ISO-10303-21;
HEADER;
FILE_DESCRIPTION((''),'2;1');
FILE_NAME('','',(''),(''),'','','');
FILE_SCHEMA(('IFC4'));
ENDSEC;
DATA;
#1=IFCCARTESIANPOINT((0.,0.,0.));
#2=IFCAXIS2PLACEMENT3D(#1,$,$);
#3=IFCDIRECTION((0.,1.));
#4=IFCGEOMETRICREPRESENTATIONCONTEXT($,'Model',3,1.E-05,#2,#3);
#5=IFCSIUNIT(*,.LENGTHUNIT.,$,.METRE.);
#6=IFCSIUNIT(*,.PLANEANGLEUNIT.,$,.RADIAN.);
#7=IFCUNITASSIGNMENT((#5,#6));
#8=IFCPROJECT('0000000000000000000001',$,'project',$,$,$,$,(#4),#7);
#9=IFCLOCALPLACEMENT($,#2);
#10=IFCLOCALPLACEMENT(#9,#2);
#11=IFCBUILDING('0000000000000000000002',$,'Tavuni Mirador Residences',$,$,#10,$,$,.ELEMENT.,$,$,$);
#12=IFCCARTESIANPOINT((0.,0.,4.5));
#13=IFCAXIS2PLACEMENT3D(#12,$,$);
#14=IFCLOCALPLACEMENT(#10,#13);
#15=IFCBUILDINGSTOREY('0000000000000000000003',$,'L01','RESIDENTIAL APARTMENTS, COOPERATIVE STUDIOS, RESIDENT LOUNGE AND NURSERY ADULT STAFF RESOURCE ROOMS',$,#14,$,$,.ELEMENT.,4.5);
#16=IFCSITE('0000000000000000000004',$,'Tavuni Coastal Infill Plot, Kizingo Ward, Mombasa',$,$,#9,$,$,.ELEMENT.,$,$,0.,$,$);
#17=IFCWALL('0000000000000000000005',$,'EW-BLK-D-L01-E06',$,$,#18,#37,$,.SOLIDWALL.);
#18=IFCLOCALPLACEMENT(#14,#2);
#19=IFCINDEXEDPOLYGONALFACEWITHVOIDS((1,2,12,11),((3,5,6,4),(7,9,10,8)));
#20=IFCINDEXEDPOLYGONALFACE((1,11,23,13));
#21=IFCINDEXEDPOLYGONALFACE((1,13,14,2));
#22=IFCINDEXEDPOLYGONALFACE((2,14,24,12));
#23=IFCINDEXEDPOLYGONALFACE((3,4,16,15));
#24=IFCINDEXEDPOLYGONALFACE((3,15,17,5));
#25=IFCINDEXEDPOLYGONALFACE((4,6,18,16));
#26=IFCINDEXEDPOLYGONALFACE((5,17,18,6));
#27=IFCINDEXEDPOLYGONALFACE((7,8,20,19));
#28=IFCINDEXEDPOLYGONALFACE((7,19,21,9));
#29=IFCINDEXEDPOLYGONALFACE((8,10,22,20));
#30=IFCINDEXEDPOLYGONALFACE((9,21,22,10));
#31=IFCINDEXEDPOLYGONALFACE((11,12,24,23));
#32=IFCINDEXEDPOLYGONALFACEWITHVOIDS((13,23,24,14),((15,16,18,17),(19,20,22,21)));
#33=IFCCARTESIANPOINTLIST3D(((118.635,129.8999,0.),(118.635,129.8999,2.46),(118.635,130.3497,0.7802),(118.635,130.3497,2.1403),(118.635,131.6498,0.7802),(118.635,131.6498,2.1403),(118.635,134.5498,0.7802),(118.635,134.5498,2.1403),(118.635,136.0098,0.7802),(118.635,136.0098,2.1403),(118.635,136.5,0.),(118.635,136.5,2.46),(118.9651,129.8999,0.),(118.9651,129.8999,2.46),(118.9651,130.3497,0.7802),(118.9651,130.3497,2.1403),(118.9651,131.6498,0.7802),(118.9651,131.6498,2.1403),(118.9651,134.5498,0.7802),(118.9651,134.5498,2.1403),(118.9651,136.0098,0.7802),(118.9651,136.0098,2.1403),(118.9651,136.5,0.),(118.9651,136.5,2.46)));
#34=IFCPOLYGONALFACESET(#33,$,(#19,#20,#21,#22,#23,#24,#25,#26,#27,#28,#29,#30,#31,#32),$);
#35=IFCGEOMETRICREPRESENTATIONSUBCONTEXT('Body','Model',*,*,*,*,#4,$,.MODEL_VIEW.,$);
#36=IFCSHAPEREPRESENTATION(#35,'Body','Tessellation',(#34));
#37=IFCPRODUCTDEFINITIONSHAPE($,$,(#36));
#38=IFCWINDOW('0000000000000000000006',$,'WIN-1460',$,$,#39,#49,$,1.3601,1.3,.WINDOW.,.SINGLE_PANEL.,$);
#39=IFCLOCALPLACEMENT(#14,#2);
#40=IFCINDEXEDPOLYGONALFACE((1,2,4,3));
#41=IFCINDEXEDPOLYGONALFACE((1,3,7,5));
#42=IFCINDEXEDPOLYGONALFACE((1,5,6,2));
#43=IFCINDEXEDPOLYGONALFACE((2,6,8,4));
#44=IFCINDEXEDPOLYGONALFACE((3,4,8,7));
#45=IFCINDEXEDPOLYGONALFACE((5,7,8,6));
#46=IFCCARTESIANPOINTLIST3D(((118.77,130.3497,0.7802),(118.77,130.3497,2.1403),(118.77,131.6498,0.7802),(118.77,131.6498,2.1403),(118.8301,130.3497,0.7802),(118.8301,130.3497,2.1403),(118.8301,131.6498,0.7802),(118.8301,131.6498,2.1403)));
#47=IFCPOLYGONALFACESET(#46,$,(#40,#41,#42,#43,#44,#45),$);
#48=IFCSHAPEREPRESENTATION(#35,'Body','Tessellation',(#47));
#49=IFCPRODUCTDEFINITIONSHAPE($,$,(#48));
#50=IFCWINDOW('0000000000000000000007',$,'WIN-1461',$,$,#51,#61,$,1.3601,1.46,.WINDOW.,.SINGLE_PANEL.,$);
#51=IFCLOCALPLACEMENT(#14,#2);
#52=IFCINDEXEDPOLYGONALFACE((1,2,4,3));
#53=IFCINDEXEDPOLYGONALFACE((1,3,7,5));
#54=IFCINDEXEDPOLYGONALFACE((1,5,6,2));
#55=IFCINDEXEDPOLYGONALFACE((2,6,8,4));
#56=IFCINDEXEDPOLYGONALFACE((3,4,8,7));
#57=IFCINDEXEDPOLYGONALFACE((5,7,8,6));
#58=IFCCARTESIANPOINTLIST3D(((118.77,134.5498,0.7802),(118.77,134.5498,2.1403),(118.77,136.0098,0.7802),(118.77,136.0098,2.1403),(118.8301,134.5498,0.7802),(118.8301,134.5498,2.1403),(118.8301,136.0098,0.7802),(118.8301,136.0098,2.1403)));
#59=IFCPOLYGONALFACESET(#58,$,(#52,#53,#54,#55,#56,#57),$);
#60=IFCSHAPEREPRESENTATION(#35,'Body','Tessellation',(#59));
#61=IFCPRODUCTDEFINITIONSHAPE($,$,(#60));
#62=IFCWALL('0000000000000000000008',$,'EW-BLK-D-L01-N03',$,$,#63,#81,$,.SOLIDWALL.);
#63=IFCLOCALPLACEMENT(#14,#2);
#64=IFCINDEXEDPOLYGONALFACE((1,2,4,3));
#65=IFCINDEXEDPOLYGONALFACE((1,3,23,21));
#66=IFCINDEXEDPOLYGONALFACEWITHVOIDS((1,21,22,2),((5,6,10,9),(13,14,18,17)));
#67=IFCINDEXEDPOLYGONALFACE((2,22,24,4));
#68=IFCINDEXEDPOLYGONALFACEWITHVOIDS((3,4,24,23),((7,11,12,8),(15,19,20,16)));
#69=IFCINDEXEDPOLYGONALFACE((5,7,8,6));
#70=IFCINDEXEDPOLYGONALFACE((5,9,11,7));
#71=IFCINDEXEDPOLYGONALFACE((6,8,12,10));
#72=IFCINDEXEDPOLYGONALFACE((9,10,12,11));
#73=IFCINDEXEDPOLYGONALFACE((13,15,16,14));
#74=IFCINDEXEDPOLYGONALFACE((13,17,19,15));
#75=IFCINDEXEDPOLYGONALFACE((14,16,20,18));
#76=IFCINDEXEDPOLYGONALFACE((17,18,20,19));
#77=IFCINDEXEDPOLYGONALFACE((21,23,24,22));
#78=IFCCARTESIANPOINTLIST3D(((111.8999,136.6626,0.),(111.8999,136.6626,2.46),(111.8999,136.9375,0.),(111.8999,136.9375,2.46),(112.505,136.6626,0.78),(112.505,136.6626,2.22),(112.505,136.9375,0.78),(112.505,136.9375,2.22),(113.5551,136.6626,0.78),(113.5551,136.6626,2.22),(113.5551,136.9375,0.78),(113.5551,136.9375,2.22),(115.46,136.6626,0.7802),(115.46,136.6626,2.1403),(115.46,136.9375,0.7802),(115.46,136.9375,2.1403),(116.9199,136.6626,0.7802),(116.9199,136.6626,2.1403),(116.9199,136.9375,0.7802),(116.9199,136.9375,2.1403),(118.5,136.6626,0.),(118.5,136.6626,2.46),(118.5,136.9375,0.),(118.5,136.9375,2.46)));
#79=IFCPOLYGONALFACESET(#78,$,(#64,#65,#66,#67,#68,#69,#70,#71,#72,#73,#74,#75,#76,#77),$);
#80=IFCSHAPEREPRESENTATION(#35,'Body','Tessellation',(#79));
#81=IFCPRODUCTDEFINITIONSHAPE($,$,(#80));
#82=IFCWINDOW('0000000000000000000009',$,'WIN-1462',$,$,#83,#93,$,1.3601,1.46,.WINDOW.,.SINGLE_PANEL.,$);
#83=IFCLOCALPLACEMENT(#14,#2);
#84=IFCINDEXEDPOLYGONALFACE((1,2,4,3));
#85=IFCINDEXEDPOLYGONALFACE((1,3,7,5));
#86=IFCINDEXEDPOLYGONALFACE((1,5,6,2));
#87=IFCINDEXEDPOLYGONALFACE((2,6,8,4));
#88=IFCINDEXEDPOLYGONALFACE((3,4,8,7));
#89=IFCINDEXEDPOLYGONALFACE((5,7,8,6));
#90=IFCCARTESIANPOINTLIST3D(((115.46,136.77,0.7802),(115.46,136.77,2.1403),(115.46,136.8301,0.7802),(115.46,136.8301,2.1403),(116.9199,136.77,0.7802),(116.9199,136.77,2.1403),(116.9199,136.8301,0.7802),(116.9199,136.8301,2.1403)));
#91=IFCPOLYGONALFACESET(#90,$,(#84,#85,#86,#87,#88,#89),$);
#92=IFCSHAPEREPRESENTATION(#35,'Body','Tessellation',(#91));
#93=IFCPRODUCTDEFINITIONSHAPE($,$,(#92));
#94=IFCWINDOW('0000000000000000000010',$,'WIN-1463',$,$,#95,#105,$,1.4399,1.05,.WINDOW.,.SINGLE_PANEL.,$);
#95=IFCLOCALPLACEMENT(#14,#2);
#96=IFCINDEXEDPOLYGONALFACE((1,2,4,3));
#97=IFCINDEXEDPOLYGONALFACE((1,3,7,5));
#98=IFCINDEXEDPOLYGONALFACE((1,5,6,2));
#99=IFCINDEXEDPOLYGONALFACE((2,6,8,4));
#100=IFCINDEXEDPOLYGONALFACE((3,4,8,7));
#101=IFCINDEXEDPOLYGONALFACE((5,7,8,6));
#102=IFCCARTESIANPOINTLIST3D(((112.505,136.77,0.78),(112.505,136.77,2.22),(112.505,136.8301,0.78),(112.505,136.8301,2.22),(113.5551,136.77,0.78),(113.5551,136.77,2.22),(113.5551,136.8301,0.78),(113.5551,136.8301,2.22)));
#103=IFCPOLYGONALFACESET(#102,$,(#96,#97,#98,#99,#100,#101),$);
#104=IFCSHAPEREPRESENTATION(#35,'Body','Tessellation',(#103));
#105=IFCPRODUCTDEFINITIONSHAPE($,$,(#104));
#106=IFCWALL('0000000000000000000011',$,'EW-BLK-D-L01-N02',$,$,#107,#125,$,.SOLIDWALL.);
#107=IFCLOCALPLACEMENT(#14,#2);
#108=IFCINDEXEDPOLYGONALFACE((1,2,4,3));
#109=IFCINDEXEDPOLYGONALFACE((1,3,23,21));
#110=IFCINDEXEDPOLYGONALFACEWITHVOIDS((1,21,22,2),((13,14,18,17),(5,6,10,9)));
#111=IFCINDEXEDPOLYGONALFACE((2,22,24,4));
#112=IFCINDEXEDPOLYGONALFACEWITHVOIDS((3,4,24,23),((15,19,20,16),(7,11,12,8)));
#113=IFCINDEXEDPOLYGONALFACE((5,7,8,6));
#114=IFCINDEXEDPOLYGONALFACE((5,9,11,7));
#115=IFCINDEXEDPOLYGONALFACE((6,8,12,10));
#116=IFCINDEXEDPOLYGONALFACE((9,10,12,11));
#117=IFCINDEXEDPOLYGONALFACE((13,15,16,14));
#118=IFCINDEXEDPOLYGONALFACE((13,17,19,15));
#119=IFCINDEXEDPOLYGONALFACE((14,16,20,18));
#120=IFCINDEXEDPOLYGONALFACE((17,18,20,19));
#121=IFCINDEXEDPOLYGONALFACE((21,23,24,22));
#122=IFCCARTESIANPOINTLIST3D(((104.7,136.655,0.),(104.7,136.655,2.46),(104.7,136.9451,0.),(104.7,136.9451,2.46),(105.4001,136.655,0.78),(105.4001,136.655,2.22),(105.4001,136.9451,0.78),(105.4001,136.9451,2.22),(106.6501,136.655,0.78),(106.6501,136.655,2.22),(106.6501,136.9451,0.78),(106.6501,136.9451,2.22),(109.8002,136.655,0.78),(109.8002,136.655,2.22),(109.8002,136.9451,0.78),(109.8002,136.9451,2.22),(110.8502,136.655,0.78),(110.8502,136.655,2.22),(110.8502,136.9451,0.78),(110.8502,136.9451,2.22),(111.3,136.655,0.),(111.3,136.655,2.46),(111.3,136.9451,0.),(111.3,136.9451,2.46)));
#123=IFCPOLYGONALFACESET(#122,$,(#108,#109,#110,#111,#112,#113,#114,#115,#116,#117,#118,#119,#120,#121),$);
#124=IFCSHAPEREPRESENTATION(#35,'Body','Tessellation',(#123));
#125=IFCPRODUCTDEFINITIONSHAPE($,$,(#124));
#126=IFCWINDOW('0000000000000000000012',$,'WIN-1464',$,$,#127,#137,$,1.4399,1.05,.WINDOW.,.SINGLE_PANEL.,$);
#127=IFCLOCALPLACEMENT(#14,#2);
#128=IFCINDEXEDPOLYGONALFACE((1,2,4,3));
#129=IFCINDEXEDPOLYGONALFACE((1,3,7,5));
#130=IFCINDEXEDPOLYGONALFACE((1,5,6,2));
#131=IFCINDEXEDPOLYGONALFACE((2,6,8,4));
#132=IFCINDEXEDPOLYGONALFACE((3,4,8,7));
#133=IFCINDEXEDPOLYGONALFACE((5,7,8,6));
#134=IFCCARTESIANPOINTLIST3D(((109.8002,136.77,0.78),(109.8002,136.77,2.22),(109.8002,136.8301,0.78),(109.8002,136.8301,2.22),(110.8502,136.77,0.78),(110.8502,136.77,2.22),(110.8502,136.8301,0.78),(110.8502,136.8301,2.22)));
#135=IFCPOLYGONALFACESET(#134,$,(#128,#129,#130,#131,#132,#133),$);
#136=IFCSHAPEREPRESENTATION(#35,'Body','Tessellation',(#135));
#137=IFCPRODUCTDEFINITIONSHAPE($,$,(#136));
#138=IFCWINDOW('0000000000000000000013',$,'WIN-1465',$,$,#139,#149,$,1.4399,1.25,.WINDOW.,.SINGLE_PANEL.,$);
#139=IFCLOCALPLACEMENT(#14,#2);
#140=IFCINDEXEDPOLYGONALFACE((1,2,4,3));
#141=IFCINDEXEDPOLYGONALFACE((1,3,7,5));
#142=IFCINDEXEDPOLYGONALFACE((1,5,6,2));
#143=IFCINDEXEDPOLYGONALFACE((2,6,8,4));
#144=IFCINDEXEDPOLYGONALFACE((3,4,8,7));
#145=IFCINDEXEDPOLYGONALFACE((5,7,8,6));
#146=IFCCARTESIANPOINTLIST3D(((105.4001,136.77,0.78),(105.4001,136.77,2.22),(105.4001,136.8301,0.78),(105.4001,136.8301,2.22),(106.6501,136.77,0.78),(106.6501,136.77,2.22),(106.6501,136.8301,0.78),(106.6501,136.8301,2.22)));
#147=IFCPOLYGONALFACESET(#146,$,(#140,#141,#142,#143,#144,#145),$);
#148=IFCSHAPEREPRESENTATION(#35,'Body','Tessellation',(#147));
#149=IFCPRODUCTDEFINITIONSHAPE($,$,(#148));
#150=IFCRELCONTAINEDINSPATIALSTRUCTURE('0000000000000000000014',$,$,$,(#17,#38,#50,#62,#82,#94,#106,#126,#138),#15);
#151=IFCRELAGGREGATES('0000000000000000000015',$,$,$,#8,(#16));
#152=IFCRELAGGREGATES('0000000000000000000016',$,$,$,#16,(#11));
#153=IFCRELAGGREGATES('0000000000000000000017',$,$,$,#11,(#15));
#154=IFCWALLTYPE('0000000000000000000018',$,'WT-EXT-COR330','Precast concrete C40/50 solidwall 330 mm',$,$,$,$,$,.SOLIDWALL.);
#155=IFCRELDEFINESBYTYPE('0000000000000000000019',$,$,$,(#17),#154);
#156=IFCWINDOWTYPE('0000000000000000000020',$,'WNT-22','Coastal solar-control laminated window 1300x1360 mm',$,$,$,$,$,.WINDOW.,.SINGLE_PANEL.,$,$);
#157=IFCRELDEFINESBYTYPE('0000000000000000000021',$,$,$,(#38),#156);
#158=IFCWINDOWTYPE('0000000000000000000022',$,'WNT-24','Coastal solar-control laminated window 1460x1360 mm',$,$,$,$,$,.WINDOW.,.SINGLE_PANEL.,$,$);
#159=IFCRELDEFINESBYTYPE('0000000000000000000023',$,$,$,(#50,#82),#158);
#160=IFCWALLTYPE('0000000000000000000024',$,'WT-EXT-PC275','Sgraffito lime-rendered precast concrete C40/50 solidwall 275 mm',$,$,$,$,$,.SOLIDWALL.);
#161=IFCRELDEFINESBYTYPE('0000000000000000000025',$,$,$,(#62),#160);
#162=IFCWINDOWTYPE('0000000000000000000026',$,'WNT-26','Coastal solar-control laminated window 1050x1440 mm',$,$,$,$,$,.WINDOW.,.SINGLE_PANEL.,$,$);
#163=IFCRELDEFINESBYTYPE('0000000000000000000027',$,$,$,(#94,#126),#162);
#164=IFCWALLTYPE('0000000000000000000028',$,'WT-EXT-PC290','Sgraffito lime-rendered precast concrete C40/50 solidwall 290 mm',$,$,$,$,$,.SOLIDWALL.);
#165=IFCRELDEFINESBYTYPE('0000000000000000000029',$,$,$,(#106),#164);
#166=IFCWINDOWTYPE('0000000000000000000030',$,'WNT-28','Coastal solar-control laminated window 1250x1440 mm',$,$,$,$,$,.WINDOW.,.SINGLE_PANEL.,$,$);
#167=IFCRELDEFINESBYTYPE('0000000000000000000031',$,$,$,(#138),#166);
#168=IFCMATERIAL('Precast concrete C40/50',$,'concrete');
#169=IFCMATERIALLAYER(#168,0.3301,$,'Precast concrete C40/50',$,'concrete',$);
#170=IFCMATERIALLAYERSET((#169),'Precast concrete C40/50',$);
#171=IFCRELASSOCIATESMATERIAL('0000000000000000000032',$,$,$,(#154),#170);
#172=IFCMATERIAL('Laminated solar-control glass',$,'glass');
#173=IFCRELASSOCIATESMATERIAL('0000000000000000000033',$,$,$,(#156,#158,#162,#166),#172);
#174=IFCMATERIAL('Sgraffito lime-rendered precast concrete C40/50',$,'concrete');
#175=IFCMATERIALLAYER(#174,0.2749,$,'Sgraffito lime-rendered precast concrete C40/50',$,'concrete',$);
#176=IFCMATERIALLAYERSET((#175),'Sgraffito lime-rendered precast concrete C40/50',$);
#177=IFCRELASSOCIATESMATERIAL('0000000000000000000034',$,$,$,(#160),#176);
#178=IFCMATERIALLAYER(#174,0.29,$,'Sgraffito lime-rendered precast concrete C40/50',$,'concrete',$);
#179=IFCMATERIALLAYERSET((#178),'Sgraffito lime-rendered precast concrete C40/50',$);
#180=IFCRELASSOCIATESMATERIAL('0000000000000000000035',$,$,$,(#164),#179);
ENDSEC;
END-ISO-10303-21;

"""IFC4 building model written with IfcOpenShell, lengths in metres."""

from ifc_helpers import new_model, si_unit, direction, frame, frame_2d, origin, place, context, subcontext, project, spatial, rectangle, extrude, material, layer, layer_set, type_object, element, fill, save


model = new_model("IFC4")

# Units and contexts
model_context = context("Model", 3, precision=1e-05, world=origin(), true_north=direction((0.0, 1.0)))
body_context = subcontext(model_context, "Body", "Model", "MODEL_VIEW")
ifc_project = project(units=[si_unit("LENGTHUNIT", "METRE"), si_unit("PLANEANGLEUNIT", "RADIAN")], contexts=[model_context])

# Site, building, storey
site_placement = place(None, origin())
site = spatial("IfcSite", under=ifc_project, at=site_placement, Name="Tavuni Coastal Infill Plot, Kizingo Ward, Mombasa", CompositionType="ELEMENT", RefElevation=0.0)
building_placement = place(site_placement, origin())
building = spatial("IfcBuilding", under=site, at=building_placement, Name="Tavuni Mirador Residences", CompositionType="ELEMENT")
storey_placement = place(building_placement, frame((0.0, 0.0, 4.5)))
storey = spatial("IfcBuildingStorey", under=building, at=storey_placement, Name="L01", Description="RESIDENTIAL APARTMENTS, COOPERATIVE STUDIOS, RESIDENT LOUNGE AND NURSERY ADULT STAFF RESOURCE ROOMS", CompositionType="ELEMENT", Elevation=4.5)

# Shared definitions
ifc_material_1 = material(Name="Precast concrete C40/50", Category="concrete")

# Walls, openings, windows
ifc_layer_1 = layer(ifc_material_1, 0.3301, Name="Precast concrete C40/50", Category="concrete")
ifc_layer_set_1 = layer_set([ifc_layer_1], Name="Precast concrete C40/50")
wall_type_1 = type_object("IfcWallType", Name="WT-EXT-COR330", Description="Precast concrete C40/50 solidwall 330 mm", PredefinedType="SOLIDWALL", material=ifc_layer_set_1)
wall_1_placement = place(storey_placement, frame((118.8, 129.8999, 0.0), z_axis=(0.0, 0.0, 1.0), x_axis=(0.0, 1.0, 0.0)))
wall_1 = element("IfcWall", 1, at=wall_1_placement, inside=storey, type_object=wall_type_1, Name="EW-BLK-D-L01-E06", PredefinedType="SOLIDWALL", context=body_context, shape_type="SweptSolid", body=[
    extrude(rectangle(XDim=6.6001, YDim=0.3301, at=frame_2d((3.3, 0.0))), origin(), (0.0, 0.0, 1.0), 2.46),
])
opening_1_placement = place(wall_1_placement, frame((0.45, 0.0, 0.78)))
opening_1 = element("IfcOpeningElement", 2, at=opening_1_placement, cuts=wall_1, PredefinedType="OPENING", context=body_context, shape_type="SweptSolid", body=[
    extrude(rectangle(XDim=1.3, YDim=1.3601, at=frame_2d((0.6499, 0.6802))), frame((0.0, 0.175, 0.0), z_axis=(0.0, -1.0, 0.0), x_axis=(1.0, 0.0, 0.0)), (0.0, 0.0, 1.0), 0.3501),
])
opening_2_placement = place(wall_1_placement, frame((4.6499, 0.0, 0.78)))
opening_2 = element("IfcOpeningElement", 3, at=opening_2_placement, cuts=wall_1, PredefinedType="OPENING", context=body_context, shape_type="SweptSolid", body=[
    extrude(rectangle(XDim=1.46, YDim=1.3601, at=frame_2d((0.73, 0.6802))), frame((0.0, 0.175, 0.0), z_axis=(0.0, -1.0, 0.0), x_axis=(1.0, 0.0, 0.0)), (0.0, 0.0, 1.0), 0.3501),
])
ifc_material_2 = material(Name="Laminated solar-control glass", Category="glass")
window_type_1 = type_object("IfcWindowType", Name="WNT-22", Description="Coastal solar-control laminated window 1300x1360 mm", PartitioningType="SINGLE_PANEL", PredefinedType="WINDOW", material=ifc_material_2)
window_1_placement = place(opening_1_placement, origin())
window_1 = element("IfcWindow", 4, at=window_1_placement, inside=storey, type_object=window_type_1, Name="WIN-1460", OverallHeight=1.3601, OverallWidth=1.3, PartitioningType="SINGLE_PANEL", PredefinedType="WINDOW", context=body_context, shape_type="SweptSolid", body=[
    extrude(rectangle(XDim=1.3, YDim=1.3601, at=frame_2d((0.6499, 0.6802))), frame((0.0, 0.03, 0.0), z_axis=(0.0, -1.0, 0.0), x_axis=(1.0, 0.0, 0.0)), (0.0, 0.0, 1.0), 0.0601),
])
fill(opening_1, window_1)
window_type_2 = type_object("IfcWindowType", Name="WNT-24", Description="Coastal solar-control laminated window 1460x1360 mm", PartitioningType="SINGLE_PANEL", PredefinedType="WINDOW", material=ifc_material_2)
window_2_placement = place(opening_2_placement, origin())
window_2 = element("IfcWindow", 5, at=window_2_placement, inside=storey, type_object=window_type_2, Name="WIN-1461", OverallHeight=1.3601, OverallWidth=1.46, PartitioningType="SINGLE_PANEL", PredefinedType="WINDOW", context=body_context, shape_type="SweptSolid", body=[
    extrude(rectangle(XDim=1.46, YDim=1.3601, at=frame_2d((0.73, 0.6802))), frame((0.0, 0.03, 0.0), z_axis=(0.0, -1.0, 0.0), x_axis=(1.0, 0.0, 0.0)), (0.0, 0.0, 1.0), 0.0601),
])
fill(opening_2, window_2)
ifc_material_3 = material(Name="Sgraffito lime-rendered precast concrete C40/50", Category="concrete")
ifc_layer_2 = layer(ifc_material_3, 0.2749, Name="Sgraffito lime-rendered precast concrete C40/50", Category="concrete")
ifc_layer_set_2 = layer_set([ifc_layer_2], Name="Sgraffito lime-rendered precast concrete C40/50")
wall_type_2 = type_object("IfcWallType", Name="WT-EXT-PC275", Description="Sgraffito lime-rendered precast concrete C40/50 solidwall 275 mm", PredefinedType="SOLIDWALL", material=ifc_layer_set_2)
wall_2_placement = place(storey_placement, frame((118.5, 136.8, 0.0), z_axis=(0.0, 0.0, 1.0), x_axis=(-1.0, 0.0, 0.0)))
wall_2 = element("IfcWall", 6, at=wall_2_placement, inside=storey, type_object=wall_type_2, Name="EW-BLK-D-L01-N03", PredefinedType="SOLIDWALL", context=body_context, shape_type="SweptSolid", body=[
    extrude(rectangle(XDim=6.6001, YDim=0.2749, at=frame_2d((3.3, 0.0))), origin(), (0.0, 0.0, 1.0), 2.46),
])
opening_3_placement = place(wall_2_placement, frame((1.5801, 0.0, 0.78)))
opening_3 = element("IfcOpeningElement", 7, at=opening_3_placement, cuts=wall_2, PredefinedType="OPENING", context=body_context, shape_type="SweptSolid", body=[
    extrude(rectangle(XDim=1.46, YDim=1.3601, at=frame_2d((0.73, 0.6802))), frame((0.0, 0.1475, 0.0), z_axis=(0.0, -1.0, 0.0), x_axis=(1.0, 0.0, 0.0)), (0.0, 0.0, 1.0), 0.2949),
])
opening_4_placement = place(wall_2_placement, frame((4.9451, 0.0, 0.78)))
opening_4 = element("IfcOpeningElement", 8, at=opening_4_placement, cuts=wall_2, PredefinedType="OPENING", context=body_context, shape_type="SweptSolid", body=[
    extrude(rectangle(XDim=1.05, YDim=1.4399, at=frame_2d((0.5249, 0.72))), frame((0.0, 0.1475, 0.0), z_axis=(0.0, -1.0, 0.0), x_axis=(1.0, 0.0, 0.0)), (0.0, 0.0, 1.0), 0.2949),
])
window_3_placement = place(opening_3_placement, origin())
window_3 = element("IfcWindow", 9, at=window_3_placement, inside=storey, type_object=window_type_2, Name="WIN-1462", OverallHeight=1.3601, OverallWidth=1.46, PartitioningType="SINGLE_PANEL", PredefinedType="WINDOW", context=body_context, shape_type="SweptSolid", body=[
    extrude(rectangle(XDim=1.46, YDim=1.3601, at=frame_2d((0.73, 0.6802))), frame((0.0, 0.03, 0.0), z_axis=(0.0, -1.0, 0.0), x_axis=(1.0, 0.0, 0.0)), (0.0, 0.0, 1.0), 0.0601),
])
fill(opening_3, window_3)
window_type_3 = type_object("IfcWindowType", Name="WNT-26", Description="Coastal solar-control laminated window 1050x1440 mm", PartitioningType="SINGLE_PANEL", PredefinedType="WINDOW", material=ifc_material_2)
window_4_placement = place(opening_4_placement, origin())
window_4 = element("IfcWindow", 10, at=window_4_placement, inside=storey, type_object=window_type_3, Name="WIN-1463", OverallHeight=1.4399, OverallWidth=1.05, PartitioningType="SINGLE_PANEL", PredefinedType="WINDOW", context=body_context, shape_type="SweptSolid", body=[
    extrude(rectangle(XDim=1.05, YDim=1.4399, at=frame_2d((0.5249, 0.72))), frame((0.0, 0.03, 0.0), z_axis=(0.0, -1.0, 0.0), x_axis=(1.0, 0.0, 0.0)), (0.0, 0.0, 1.0), 0.0601),
])
fill(opening_4, window_4)
ifc_layer_3 = layer(ifc_material_3, 0.29, Name="Sgraffito lime-rendered precast concrete C40/50", Category="concrete")
ifc_layer_set_3 = layer_set([ifc_layer_3], Name="Sgraffito lime-rendered precast concrete C40/50")
wall_type_3 = type_object("IfcWallType", Name="WT-EXT-PC290", Description="Sgraffito lime-rendered precast concrete C40/50 solidwall 290 mm", PredefinedType="SOLIDWALL", material=ifc_layer_set_3)
wall_3_placement = place(storey_placement, frame((111.3, 136.8, 0.0), z_axis=(0.0, 0.0, 1.0), x_axis=(-1.0, 0.0, 0.0)))
wall_3 = element("IfcWall", 11, at=wall_3_placement, inside=storey, type_object=wall_type_3, Name="EW-BLK-D-L01-N02", PredefinedType="SOLIDWALL", context=body_context, shape_type="SweptSolid", body=[
    extrude(rectangle(XDim=6.6001, YDim=0.29, at=frame_2d((3.3, 0.0))), origin(), (0.0, 0.0, 1.0), 2.46),
])
opening_5_placement = place(wall_3_placement, frame((0.45, 0.0, 0.78)))
opening_5 = element("IfcOpeningElement", 12, at=opening_5_placement, cuts=wall_3, PredefinedType="OPENING", context=body_context, shape_type="SweptSolid", body=[
    extrude(rectangle(XDim=1.05, YDim=1.4399, at=frame_2d((0.5249, 0.72))), frame((0.0, 0.155, 0.0), z_axis=(0.0, -1.0, 0.0), x_axis=(1.0, 0.0, 0.0)), (0.0, 0.0, 1.0), 0.3101),
])
opening_6_placement = place(wall_3_placement, frame((4.6499, 0.0, 0.78)))
opening_6 = element("IfcOpeningElement", 13, at=opening_6_placement, cuts=wall_3, PredefinedType="OPENING", context=body_context, shape_type="SweptSolid", body=[
    extrude(rectangle(XDim=1.25, YDim=1.4399, at=frame_2d((0.625, 0.72))), frame((0.0, 0.155, 0.0), z_axis=(0.0, -1.0, 0.0), x_axis=(1.0, 0.0, 0.0)), (0.0, 0.0, 1.0), 0.3101),
])
window_5_placement = place(opening_5_placement, origin())
window_5 = element("IfcWindow", 14, at=window_5_placement, inside=storey, type_object=window_type_3, Name="WIN-1464", OverallHeight=1.4399, OverallWidth=1.05, PartitioningType="SINGLE_PANEL", PredefinedType="WINDOW", context=body_context, shape_type="SweptSolid", body=[
    extrude(rectangle(XDim=1.05, YDim=1.4399, at=frame_2d((0.5249, 0.72))), frame((0.0, 0.03, 0.0), z_axis=(0.0, -1.0, 0.0), x_axis=(1.0, 0.0, 0.0)), (0.0, 0.0, 1.0), 0.0601),
])
fill(opening_5, window_5)
window_type_4 = type_object("IfcWindowType", Name="WNT-28", Description="Coastal solar-control laminated window 1250x1440 mm", PartitioningType="SINGLE_PANEL", PredefinedType="WINDOW", material=ifc_material_2)
window_6_placement = place(opening_6_placement, origin())
window_6 = element("IfcWindow", 15, at=window_6_placement, inside=storey, type_object=window_type_4, Name="WIN-1465", OverallHeight=1.4399, OverallWidth=1.25, PartitioningType="SINGLE_PANEL", PredefinedType="WINDOW", context=body_context, shape_type="SweptSolid", body=[
    extrude(rectangle(XDim=1.25, YDim=1.4399, at=frame_2d((0.625, 0.72))), frame((0.0, 0.03, 0.0), z_axis=(0.0, -1.0, 0.0), x_axis=(1.0, 0.0, 0.0)), (0.0, 0.0, 1.0), 0.0601),
])
fill(opening_6, window_6)

save(model, "model.ifc")
